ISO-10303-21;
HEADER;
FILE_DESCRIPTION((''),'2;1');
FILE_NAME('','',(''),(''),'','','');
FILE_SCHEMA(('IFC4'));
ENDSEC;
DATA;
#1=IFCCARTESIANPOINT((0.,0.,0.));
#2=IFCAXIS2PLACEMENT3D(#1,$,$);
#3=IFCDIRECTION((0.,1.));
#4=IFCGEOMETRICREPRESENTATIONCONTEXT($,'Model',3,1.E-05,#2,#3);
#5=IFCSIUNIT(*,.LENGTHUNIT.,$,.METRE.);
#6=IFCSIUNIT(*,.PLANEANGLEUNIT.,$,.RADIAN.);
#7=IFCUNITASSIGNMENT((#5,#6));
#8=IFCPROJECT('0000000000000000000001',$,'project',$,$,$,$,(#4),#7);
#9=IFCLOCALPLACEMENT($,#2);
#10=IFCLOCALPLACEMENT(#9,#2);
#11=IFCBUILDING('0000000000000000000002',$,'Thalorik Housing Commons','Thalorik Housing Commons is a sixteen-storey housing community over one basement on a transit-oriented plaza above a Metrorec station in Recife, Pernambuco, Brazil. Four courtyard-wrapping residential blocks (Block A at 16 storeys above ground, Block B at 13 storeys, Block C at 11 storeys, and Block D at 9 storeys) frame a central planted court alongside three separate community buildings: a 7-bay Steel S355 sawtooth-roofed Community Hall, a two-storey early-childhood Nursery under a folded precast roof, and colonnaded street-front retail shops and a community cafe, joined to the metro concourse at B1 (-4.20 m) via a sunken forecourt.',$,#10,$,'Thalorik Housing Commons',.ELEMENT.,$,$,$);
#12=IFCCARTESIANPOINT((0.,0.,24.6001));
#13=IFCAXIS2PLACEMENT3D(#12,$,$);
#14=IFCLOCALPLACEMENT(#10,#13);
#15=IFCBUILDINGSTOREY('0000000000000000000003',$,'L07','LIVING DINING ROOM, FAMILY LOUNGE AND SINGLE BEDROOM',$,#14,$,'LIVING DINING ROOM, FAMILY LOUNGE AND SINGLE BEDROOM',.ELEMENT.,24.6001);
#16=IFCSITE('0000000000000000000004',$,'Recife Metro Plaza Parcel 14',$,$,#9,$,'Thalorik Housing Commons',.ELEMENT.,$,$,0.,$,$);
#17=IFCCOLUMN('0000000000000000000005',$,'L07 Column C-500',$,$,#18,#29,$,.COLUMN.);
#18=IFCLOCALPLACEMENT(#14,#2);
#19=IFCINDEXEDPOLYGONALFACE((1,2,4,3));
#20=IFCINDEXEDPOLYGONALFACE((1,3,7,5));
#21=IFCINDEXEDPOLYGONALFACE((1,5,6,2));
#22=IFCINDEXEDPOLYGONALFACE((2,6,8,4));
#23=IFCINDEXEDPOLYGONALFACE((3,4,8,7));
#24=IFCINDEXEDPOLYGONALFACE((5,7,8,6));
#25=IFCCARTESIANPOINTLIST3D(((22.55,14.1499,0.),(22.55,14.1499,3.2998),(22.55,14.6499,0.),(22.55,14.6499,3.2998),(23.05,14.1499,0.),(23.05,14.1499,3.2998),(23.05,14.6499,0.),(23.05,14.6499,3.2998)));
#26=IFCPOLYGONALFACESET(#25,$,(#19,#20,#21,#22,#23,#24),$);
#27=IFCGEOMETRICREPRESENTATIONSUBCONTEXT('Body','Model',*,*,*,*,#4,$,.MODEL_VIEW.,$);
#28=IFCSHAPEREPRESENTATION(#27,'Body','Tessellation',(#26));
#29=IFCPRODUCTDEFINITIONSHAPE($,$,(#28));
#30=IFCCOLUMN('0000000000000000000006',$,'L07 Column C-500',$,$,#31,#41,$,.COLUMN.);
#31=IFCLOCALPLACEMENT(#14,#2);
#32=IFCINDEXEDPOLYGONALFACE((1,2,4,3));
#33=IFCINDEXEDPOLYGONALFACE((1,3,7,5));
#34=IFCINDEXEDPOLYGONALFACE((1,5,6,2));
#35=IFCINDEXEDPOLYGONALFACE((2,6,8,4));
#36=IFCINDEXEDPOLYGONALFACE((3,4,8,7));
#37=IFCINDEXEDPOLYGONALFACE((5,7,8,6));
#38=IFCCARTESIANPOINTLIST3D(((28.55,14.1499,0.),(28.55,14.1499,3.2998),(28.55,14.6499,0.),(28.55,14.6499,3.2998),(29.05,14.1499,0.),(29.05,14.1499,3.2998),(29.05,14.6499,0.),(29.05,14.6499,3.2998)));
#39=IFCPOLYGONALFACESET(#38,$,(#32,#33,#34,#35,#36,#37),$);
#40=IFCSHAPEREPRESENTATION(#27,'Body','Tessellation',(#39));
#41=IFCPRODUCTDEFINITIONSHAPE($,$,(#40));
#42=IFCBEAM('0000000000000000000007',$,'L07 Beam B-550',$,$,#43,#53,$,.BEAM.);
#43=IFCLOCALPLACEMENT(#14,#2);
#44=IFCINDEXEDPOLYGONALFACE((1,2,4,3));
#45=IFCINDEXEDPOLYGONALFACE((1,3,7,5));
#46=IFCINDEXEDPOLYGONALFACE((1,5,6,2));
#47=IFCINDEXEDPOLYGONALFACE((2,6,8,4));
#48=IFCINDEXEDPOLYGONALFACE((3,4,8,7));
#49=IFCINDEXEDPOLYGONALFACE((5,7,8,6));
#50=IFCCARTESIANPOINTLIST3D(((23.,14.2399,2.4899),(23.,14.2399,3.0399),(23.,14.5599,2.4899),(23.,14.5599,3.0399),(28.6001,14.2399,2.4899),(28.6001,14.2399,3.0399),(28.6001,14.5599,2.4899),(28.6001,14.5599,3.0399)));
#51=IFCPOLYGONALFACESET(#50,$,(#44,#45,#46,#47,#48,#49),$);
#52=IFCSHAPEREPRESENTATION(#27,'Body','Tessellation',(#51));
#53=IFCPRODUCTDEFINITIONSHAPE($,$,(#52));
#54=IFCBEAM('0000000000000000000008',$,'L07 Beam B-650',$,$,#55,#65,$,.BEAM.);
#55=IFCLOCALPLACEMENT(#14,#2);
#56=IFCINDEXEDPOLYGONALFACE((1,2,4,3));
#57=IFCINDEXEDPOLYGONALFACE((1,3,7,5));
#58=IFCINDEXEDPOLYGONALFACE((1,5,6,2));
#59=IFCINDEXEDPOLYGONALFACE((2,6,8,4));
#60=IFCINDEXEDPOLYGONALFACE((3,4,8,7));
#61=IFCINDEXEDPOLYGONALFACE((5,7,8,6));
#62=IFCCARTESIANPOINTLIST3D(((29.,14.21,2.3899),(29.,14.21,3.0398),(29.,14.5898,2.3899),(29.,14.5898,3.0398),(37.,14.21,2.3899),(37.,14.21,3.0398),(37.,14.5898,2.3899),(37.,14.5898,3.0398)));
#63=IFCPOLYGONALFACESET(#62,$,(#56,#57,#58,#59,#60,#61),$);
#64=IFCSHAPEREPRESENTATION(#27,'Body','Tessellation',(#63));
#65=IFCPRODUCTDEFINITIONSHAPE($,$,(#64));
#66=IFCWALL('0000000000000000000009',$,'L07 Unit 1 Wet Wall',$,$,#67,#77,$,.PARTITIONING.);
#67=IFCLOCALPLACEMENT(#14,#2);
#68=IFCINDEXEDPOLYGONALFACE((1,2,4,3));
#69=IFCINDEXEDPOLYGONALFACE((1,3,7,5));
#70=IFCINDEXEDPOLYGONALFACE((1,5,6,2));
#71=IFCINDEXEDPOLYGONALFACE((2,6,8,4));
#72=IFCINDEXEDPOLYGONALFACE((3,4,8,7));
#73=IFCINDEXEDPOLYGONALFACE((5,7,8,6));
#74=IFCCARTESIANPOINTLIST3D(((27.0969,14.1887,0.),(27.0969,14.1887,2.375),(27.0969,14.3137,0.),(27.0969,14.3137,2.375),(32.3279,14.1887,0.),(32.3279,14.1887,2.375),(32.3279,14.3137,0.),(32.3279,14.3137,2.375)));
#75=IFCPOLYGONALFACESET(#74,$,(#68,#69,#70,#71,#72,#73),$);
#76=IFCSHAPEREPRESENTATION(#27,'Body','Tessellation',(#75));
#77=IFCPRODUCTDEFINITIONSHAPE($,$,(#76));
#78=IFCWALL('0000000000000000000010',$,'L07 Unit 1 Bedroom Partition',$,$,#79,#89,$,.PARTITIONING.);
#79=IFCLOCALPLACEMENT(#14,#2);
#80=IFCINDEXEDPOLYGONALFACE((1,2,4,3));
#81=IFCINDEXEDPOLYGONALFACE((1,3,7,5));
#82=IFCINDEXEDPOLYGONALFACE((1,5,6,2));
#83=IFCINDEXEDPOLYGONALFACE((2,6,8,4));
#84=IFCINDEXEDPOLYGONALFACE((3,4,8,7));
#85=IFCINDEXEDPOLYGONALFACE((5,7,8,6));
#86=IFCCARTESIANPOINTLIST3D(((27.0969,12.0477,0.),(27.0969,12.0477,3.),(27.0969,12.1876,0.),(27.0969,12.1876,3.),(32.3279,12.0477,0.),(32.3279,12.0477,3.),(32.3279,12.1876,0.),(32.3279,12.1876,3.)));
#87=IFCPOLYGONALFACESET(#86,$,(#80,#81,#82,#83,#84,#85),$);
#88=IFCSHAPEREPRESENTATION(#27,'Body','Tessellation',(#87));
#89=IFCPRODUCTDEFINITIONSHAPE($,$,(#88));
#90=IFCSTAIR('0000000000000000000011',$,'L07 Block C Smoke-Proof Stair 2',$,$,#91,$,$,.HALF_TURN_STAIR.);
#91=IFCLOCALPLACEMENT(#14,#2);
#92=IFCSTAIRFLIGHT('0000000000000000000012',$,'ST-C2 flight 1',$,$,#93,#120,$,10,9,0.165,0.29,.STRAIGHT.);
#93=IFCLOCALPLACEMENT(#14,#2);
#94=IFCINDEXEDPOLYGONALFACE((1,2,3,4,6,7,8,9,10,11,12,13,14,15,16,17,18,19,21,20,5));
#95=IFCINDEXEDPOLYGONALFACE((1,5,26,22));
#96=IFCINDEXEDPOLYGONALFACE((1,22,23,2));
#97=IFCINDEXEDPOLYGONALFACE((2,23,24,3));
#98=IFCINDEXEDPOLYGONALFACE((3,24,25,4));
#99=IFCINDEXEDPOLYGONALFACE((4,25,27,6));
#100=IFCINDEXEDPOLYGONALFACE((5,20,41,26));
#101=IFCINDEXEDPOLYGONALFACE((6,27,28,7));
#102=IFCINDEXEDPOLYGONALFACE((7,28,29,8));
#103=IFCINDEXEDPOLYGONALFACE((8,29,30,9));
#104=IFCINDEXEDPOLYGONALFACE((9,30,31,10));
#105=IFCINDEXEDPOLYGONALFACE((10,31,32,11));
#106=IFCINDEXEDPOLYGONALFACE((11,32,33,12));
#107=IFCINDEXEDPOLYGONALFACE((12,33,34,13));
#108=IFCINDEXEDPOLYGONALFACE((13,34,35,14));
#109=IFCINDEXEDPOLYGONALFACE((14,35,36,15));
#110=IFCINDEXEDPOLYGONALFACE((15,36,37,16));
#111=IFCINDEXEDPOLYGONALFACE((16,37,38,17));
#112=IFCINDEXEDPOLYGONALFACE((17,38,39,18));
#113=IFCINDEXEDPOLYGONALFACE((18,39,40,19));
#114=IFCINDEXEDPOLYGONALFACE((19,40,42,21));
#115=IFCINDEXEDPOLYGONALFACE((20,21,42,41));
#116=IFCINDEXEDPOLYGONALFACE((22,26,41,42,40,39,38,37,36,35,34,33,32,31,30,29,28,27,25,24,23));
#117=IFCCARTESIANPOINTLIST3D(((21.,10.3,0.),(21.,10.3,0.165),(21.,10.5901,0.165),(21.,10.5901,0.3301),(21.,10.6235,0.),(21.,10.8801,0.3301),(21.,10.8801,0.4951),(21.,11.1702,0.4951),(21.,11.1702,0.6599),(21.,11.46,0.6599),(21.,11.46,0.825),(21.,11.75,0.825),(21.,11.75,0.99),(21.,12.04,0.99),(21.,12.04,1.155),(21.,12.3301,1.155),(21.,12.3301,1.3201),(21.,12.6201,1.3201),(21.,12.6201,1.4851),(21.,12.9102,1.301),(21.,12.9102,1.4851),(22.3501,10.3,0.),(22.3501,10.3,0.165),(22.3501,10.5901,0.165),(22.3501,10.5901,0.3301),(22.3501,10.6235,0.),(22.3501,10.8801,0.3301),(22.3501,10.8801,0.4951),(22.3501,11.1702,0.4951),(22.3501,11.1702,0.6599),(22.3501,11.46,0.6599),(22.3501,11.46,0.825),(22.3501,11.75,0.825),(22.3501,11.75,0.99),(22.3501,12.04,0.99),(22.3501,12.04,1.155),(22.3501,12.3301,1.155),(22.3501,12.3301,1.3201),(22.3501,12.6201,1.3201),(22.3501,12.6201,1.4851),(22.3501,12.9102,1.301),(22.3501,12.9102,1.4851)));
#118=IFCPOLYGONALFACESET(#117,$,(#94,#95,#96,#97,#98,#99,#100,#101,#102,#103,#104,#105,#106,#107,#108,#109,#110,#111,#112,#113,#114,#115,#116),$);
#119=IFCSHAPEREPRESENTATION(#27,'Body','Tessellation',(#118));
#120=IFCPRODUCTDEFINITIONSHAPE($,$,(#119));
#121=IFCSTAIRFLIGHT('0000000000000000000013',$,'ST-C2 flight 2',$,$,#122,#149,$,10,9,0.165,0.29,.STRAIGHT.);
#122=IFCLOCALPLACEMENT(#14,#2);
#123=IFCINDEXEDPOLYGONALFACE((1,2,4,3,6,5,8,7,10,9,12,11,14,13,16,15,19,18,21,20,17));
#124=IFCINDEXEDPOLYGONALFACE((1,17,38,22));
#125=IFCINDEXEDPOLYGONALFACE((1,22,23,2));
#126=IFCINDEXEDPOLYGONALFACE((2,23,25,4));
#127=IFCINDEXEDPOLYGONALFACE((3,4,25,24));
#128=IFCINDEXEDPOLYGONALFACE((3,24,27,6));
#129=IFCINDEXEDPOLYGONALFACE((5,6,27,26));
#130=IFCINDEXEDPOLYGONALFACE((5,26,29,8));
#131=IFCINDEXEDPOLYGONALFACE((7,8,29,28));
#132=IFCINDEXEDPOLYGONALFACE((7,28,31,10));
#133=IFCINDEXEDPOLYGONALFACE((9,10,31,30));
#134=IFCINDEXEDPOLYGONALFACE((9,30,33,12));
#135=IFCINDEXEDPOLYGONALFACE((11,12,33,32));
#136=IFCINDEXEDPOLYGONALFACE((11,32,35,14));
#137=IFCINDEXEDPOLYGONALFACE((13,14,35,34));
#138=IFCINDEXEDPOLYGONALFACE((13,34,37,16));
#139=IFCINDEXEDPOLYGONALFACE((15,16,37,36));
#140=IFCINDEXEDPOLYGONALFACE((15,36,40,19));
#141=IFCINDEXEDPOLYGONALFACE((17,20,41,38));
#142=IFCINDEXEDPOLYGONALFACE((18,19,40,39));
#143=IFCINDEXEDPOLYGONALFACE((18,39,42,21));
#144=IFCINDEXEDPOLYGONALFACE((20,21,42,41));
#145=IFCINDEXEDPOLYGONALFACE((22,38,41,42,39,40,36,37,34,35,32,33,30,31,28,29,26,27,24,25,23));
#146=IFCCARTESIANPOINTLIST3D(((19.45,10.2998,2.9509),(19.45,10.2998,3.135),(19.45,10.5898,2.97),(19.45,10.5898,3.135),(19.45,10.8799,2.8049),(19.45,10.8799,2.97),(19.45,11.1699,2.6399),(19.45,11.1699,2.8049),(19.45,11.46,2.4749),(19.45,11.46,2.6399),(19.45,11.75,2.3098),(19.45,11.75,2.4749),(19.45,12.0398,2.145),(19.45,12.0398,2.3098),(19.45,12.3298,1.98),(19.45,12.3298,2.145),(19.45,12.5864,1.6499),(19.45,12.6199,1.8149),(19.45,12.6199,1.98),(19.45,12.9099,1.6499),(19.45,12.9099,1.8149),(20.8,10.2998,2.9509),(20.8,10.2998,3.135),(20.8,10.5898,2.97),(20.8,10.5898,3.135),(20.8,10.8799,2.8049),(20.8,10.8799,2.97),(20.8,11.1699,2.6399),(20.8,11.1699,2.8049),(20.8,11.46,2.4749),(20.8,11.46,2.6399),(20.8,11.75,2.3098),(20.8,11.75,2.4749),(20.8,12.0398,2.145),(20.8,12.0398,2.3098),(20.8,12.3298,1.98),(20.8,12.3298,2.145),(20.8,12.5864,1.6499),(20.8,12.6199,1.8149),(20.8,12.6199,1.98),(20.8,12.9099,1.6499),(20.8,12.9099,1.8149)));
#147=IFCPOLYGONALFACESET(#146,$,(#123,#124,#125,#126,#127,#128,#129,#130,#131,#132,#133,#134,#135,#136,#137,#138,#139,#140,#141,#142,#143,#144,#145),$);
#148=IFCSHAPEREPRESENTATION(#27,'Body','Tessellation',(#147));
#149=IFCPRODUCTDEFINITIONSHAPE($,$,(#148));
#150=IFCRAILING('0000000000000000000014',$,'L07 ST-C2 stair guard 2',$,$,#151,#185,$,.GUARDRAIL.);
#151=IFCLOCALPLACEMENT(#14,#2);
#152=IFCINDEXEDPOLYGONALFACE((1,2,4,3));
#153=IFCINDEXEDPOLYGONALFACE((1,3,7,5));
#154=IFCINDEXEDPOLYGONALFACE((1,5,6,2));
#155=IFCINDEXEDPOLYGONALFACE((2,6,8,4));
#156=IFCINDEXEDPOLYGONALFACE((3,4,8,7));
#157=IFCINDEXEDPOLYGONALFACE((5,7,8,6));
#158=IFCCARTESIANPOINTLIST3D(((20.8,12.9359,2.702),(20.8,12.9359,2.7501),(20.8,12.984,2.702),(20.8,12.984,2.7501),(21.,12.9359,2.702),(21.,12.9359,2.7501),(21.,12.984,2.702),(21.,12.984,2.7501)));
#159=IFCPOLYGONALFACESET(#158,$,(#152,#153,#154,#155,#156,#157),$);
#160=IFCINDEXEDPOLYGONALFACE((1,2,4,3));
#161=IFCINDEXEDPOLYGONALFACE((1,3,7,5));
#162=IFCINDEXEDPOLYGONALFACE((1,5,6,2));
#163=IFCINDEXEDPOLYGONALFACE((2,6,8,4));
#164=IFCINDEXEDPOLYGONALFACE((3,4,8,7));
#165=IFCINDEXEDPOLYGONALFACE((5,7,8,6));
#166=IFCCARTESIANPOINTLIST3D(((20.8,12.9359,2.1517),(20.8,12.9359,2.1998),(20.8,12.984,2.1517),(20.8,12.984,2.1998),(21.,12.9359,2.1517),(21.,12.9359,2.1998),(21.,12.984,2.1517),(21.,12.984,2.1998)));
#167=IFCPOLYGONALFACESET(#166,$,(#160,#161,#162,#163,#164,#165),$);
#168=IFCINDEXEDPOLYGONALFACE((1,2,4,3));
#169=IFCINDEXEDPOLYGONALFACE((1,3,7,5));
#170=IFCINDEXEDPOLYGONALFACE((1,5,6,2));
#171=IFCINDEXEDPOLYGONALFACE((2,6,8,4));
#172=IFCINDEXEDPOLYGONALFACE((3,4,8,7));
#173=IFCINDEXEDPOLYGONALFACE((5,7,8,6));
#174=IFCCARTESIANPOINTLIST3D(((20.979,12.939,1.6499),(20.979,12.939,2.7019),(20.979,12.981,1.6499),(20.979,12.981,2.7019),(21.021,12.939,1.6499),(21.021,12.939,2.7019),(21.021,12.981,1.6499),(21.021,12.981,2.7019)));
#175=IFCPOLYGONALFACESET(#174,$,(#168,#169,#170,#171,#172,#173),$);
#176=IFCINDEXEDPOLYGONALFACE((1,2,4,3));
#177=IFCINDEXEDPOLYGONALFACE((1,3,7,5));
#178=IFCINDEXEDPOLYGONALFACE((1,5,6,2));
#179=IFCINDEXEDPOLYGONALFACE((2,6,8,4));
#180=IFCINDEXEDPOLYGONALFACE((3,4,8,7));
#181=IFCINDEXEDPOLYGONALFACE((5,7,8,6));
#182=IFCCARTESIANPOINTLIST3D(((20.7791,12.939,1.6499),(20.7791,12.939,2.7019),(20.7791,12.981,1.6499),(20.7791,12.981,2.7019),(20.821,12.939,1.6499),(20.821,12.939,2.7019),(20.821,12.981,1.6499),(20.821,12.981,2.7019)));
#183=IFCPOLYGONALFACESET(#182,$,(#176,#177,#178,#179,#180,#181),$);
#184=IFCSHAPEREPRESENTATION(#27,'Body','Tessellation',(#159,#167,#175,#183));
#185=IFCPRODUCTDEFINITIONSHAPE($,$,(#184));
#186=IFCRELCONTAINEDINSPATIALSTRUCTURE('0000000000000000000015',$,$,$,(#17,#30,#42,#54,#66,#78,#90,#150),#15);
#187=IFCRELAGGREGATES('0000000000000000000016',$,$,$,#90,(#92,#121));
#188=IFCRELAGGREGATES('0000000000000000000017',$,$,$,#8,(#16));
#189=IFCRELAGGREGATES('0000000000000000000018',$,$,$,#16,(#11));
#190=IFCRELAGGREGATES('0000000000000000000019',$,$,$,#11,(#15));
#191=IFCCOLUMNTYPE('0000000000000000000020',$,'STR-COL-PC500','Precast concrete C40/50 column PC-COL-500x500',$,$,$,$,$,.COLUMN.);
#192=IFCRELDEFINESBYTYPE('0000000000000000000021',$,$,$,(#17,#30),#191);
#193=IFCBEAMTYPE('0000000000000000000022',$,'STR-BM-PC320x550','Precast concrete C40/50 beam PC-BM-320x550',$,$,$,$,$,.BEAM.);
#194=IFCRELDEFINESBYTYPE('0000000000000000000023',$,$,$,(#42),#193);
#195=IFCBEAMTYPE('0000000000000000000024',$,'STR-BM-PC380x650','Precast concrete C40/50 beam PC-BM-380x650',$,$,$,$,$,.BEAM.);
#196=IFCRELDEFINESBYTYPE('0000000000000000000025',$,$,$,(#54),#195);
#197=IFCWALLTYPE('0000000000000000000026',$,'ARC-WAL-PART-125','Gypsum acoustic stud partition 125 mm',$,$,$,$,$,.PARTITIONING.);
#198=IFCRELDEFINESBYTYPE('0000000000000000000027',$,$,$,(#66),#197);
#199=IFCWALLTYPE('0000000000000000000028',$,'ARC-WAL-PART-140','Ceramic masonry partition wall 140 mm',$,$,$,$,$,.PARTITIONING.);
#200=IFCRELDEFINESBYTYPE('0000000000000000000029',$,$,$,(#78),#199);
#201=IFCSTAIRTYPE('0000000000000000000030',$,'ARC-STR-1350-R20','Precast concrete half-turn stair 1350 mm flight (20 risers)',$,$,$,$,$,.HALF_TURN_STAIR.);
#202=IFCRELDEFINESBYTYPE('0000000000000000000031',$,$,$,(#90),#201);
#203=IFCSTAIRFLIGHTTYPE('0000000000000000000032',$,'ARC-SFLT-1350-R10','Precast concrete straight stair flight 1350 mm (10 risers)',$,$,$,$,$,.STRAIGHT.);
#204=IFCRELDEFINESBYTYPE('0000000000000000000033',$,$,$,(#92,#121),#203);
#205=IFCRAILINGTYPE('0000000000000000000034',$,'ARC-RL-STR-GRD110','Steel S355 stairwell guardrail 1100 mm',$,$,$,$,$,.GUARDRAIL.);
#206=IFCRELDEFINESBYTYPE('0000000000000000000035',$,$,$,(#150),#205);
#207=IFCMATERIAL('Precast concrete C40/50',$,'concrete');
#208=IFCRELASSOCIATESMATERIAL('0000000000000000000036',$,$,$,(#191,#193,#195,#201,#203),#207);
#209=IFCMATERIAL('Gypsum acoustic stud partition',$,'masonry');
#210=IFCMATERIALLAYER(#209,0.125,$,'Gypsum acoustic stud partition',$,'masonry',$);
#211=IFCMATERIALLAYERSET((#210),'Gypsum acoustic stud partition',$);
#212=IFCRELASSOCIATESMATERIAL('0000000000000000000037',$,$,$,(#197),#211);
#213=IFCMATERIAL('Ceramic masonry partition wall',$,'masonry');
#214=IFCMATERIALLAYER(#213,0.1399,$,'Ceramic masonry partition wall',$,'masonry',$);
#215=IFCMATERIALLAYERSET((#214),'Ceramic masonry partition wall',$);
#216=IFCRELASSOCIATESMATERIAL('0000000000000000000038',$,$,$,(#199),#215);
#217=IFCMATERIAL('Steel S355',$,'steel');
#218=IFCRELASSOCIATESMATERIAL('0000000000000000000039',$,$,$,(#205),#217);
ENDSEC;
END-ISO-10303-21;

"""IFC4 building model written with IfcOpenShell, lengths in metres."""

from ifc_helpers import new_model, si_unit, direction, frame, frame_2d, origin, origin_2d, place, context, subcontext, project, spatial, polyline, rectangle, outline, extrude, material, layer, layer_set, material_profile, profile_set, type_object, element, aggregate, save


model = new_model("IFC4")

# Units and contexts
model_context = context("Model", 3, precision=1e-05, world=origin(), true_north=direction((0.0, 1.0)))
body_context = subcontext(model_context, "Body", "Model", "MODEL_VIEW")
ifc_project = project(units=[si_unit("LENGTHUNIT", "METRE"), si_unit("PLANEANGLEUNIT", "RADIAN")], contexts=[model_context])

# Site, building, storey
site_placement = place(None, origin())
site = spatial("IfcSite", under=ifc_project, at=site_placement, Name="Recife Metro Plaza Parcel 14", LongName="Thalorik Housing Commons", CompositionType="ELEMENT", RefElevation=0.0)
building_placement = place(site_placement, origin())
building = spatial("IfcBuilding", under=site, at=building_placement, Name="Thalorik Housing Commons", Description="Thalorik Housing Commons is a sixteen-storey housing community over one basement on a transit-oriented plaza above a Metrorec station in Recife, Pernambuco, Brazil. Four courtyard-wrapping residential blocks (Block A at 16 storeys above ground, Block B at 13 storeys, Block C at 11 storeys, and Block D at 9 storeys) frame a central planted court alongside three separate community buildings: a 7-bay Steel S355 sawtooth-roofed Community Hall, a two-storey early-childhood Nursery under a folded precast roof, and colonnaded street-front retail shops and a community cafe, joined to the metro concourse at B1 (-4.20 m) via a sunken forecourt.", LongName="Thalorik Housing Commons", CompositionType="ELEMENT")
storey_placement = place(building_placement, frame((0.0, 0.0, 24.6001)))
storey = spatial("IfcBuildingStorey", under=building, at=storey_placement, Name="L07", Description="LIVING DINING ROOM, FAMILY LOUNGE AND SINGLE BEDROOM", LongName="LIVING DINING ROOM, FAMILY LOUNGE AND SINGLE BEDROOM", CompositionType="ELEMENT", Elevation=24.6001)

# Columns
ifc_material_1 = material(Name="Precast concrete C40/50", Category="concrete")
ifc_material_profile_1 = material_profile(ifc_material_1, rectangle(XDim=0.5, YDim=0.5, at=origin_2d()), Name="PC 500x500", Category="concrete")
ifc_profile_set_1 = profile_set([ifc_material_profile_1], Name="Precast concrete C40/50")
column_type = type_object("IfcColumnType", Name="STR-COL-PC500", Description="Precast concrete C40/50 column PC-COL-500x500", PredefinedType="COLUMN", material=ifc_profile_set_1)
for number, where, z_axis, x_axis, name in (
    (1, (22.8, 14.3999, 0.0), (0.0, 0.0, 1.0), (1.0, 0.0, 0.0), "L07 Column C-500"),
    (2, (28.8, 14.3999, 0.0), (0.0, 0.0, 1.0), (1.0, 0.0, 0.0), "L07 Column C-500"),
):
    element("IfcColumn", number, at=place(storey_placement, frame(where, z_axis=z_axis, x_axis=x_axis)), inside=storey, type_object=column_type, Name=name, PredefinedType="COLUMN", context=body_context, shape_type="SweptSolid", body=[
        extrude(rectangle(XDim=0.5, YDim=0.5, at=origin_2d()), origin(), (0.0, 0.0, 1.0), 3.2998),
    ])

# Beams
ifc_material_profile_2 = material_profile(ifc_material_1, rectangle(XDim=0.3201, YDim=0.55, at=origin_2d()), Name="PC 320x550", Category="concrete")
ifc_profile_set_2 = profile_set([ifc_material_profile_2], Name="Precast concrete C40/50")
beam_type_1 = type_object("IfcBeamType", Name="STR-BM-PC320x550", Description="Precast concrete C40/50 beam PC-BM-320x550", PredefinedType="BEAM", material=ifc_profile_set_2)
beam_1_placement = place(storey_placement, frame((23.0, 14.3999, 2.7649), z_axis=(1.0, 0.0, 0.0), x_axis=(0.0, 1.0, 0.0)))
element("IfcBeam", 3, at=beam_1_placement, inside=storey, type_object=beam_type_1, Name="L07 Beam B-550", PredefinedType="BEAM", context=body_context, shape_type="SweptSolid", body=[
    extrude(rectangle(XDim=0.3201, YDim=0.55, at=origin_2d()), origin(), (0.0, 0.0, 1.0), 5.6001),
])
ifc_material_profile_3 = material_profile(ifc_material_1, rectangle(XDim=0.3799, YDim=0.6499, at=origin_2d()), Name="PC 380x650", Category="concrete")
ifc_profile_set_3 = profile_set([ifc_material_profile_3], Name="Precast concrete C40/50")
beam_type_2 = type_object("IfcBeamType", Name="STR-BM-PC380x650", Description="Precast concrete C40/50 beam PC-BM-380x650", PredefinedType="BEAM", material=ifc_profile_set_3)
beam_2_placement = place(storey_placement, frame((29.0, 14.3999, 2.7148), z_axis=(1.0, 0.0, 0.0), x_axis=(0.0, 1.0, 0.0)))
element("IfcBeam", 4, at=beam_2_placement, inside=storey, type_object=beam_type_2, Name="L07 Beam B-650", PredefinedType="BEAM", context=body_context, shape_type="SweptSolid", body=[
    extrude(rectangle(XDim=0.3799, YDim=0.6499, at=origin_2d()), origin(), (0.0, 0.0, 1.0), 8.0),
])

# Walls
ifc_material_2 = material(Name="Gypsum acoustic stud partition", Category="masonry")
ifc_layer_1 = layer(ifc_material_2, 0.125, Name="Gypsum acoustic stud partition", Category="masonry")
ifc_layer_set_1 = layer_set([ifc_layer_1], Name="Gypsum acoustic stud partition")
wall_type_1 = type_object("IfcWallType", Name="ARC-WAL-PART-125", Description="Gypsum acoustic stud partition 125 mm", PredefinedType="PARTITIONING", material=ifc_layer_set_1)
wall_1_placement = place(storey_placement, frame((27.0969, 14.2512, 0.0), z_axis=(0.0, 0.0, 1.0), x_axis=(1.0, 0.0, 0.0)))
element("IfcWall", 5, at=wall_1_placement, inside=storey, type_object=wall_type_1, Name="L07 Unit 1 Wet Wall", PredefinedType="PARTITIONING", context=body_context, shape_type="SweptSolid", body=[
    extrude(rectangle(XDim=5.231, YDim=0.125, at=frame_2d((2.6155, 0.0))), origin(), (0.0, 0.0, 1.0), 2.375),
])
ifc_material_3 = material(Name="Ceramic masonry partition wall", Category="masonry")
ifc_layer_2 = layer(ifc_material_3, 0.1399, Name="Ceramic masonry partition wall", Category="masonry")
ifc_layer_set_2 = layer_set([ifc_layer_2], Name="Ceramic masonry partition wall")
wall_type_2 = type_object("IfcWallType", Name="ARC-WAL-PART-140", Description="Ceramic masonry partition wall 140 mm", PredefinedType="PARTITIONING", material=ifc_layer_set_2)
wall_2_placement = place(storey_placement, frame((27.0969, 12.1177, 0.0), z_axis=(0.0, 0.0, 1.0), x_axis=(1.0, 0.0, 0.0)))
element("IfcWall", 6, at=wall_2_placement, inside=storey, type_object=wall_type_2, Name="L07 Unit 1 Bedroom Partition", PredefinedType="PARTITIONING", context=body_context, shape_type="SweptSolid", body=[
    extrude(rectangle(XDim=5.231, YDim=0.1399, at=frame_2d((2.6155, 0.0))), origin(), (0.0, 0.0, 1.0), 3.0),
])

# Stair, stair flights
stair_type = type_object("IfcStairType", Name="ARC-STR-1350-R20", Description="Precast concrete half-turn stair 1350 mm flight (20 risers)", PredefinedType="HALF_TURN_STAIR", material=ifc_material_1)
stair_placement = place(storey_placement, origin())
stair = element("IfcStair", 7, at=stair_placement, inside=storey, type_object=stair_type, Name="L07 Block C Smoke-Proof Stair 2", PredefinedType="HALF_TURN_STAIR")
stair_flight_type = type_object("IfcStairFlightType", Name="ARC-SFLT-1350-R10", Description="Precast concrete straight stair flight 1350 mm (10 risers)", PredefinedType="STRAIGHT", material=ifc_material_1)
stair_flight_1_placement = place(storey_placement, frame((21.675, 10.3, 0.0), z_axis=(0.0, 0.0, 1.0), x_axis=(0.0, 1.0, 0.0)))
stair_flight_1 = element("IfcStairFlight", 8, at=stair_flight_1_placement, type_object=stair_flight_type, Name="ST-C2 flight 1", NumberOfRisers=10, NumberOfTreads=9, PredefinedType="STRAIGHT", RiserHeight=0.165, TreadLength=0.29, context=body_context, shape_type="SweptSolid", body=[
    extrude(outline(polyline([(0.0, 0.0), (0.0, 0.165), (0.29, 0.165), (0.29, 0.3301), (0.5801, 0.3301), (0.5801, 0.4951), (0.8701, 0.4951), (0.8701, 0.6599), (1.1599, 0.6599), (1.1599, 0.825), (1.45, 0.825), (1.45, 0.99), (1.74, 0.99), (1.74, 1.155), (2.03, 1.155), (2.03, 1.3201), (2.3201, 1.3201), (2.3201, 1.4851), (2.6101, 1.4851), (2.6101, 1.6499), (2.6101, 1.301), (0.3235, 0.0), (0.0, 0.0)])), frame((0.0, 0.675, 0.0), z_axis=(0.0, -1.0, 0.0), x_axis=(1.0, 0.0, 0.0)), (0.0, 0.0, 1.0), 1.3501),
])
stair_flight_2_placement = place(storey_placement, frame((20.125, 12.9099, 1.6499), z_axis=(0.0, 0.0, 1.0), x_axis=(0.0, -1.0, 0.0)))
stair_flight_2 = element("IfcStairFlight", 9, at=stair_flight_2_placement, type_object=stair_flight_type, Name="ST-C2 flight 2", NumberOfRisers=10, NumberOfTreads=9, PredefinedType="STRAIGHT", RiserHeight=0.165, TreadLength=0.29, context=body_context, shape_type="SweptSolid", body=[
    extrude(outline(polyline([(0.0, 0.0), (0.0, 0.165), (0.29, 0.165), (0.29, 0.3301), (0.5801, 0.3301), (0.5801, 0.4951), (0.8701, 0.4951), (0.8701, 0.6599), (1.1599, 0.6599), (1.1599, 0.825), (1.45, 0.825), (1.45, 0.99), (1.74, 0.99), (1.74, 1.155), (2.03, 1.155), (2.03, 1.3201), (2.3201, 1.3201), (2.3201, 1.4851), (2.6101, 1.4851), (2.6101, 1.6499), (2.6101, 1.301), (0.3235, 0.0), (0.0, 0.0)])), frame((0.0, 0.675, 0.0), z_axis=(0.0, -1.0, 0.0), x_axis=(1.0, 0.0, 0.0)), (0.0, 0.0, 1.0), 1.3501),
])
aggregate(stair, [stair_flight_1, stair_flight_2])

# Railing
ifc_material_4 = material(Name="Steel S355", Category="steel")
railing_type_1 = type_object("IfcRailingType", Name="ARC-RL-STR-GRD110", Description="Steel S355 stairwell guardrail 1100 mm", PredefinedType="GUARDRAIL", material=ifc_material_4)
railing_1_placement = place(storey_placement, frame((21.0, 12.96, 1.6499)))
element("IfcRailing", 10, at=railing_1_placement, inside=storey, type_object=railing_type_1, Name="L07 ST-C2 stair guard 2", PredefinedType="GUARDRAIL", context=body_context, shape_type="SweptSolid", body=[
    extrude(rectangle(XDim=0.0481, YDim=0.0481, at=origin_2d()), frame((0.0, 0.0, 1.0762), z_axis=(-1.0, 0.0, 0.0), x_axis=(0.0, -1.0, 0.0)), (0.0, 0.0, 1.0), 0.2),
    extrude(rectangle(XDim=0.0481, YDim=0.0481, at=origin_2d()), frame((0.0, 0.0, 0.5259), z_axis=(-1.0, 0.0, 0.0), x_axis=(0.0, -1.0, 0.0)), (0.0, 0.0, 1.0), 0.2),
    extrude(rectangle(XDim=0.042, YDim=0.042, at=origin_2d()), origin(), (0.0, 0.0, 1.0), 1.052),
    extrude(rectangle(XDim=0.042, YDim=0.042, at=origin_2d()), frame((-0.2, 0.0, 0.0)), (0.0, 0.0, 1.0), 1.052),
])

save(model, "model.ifc")
